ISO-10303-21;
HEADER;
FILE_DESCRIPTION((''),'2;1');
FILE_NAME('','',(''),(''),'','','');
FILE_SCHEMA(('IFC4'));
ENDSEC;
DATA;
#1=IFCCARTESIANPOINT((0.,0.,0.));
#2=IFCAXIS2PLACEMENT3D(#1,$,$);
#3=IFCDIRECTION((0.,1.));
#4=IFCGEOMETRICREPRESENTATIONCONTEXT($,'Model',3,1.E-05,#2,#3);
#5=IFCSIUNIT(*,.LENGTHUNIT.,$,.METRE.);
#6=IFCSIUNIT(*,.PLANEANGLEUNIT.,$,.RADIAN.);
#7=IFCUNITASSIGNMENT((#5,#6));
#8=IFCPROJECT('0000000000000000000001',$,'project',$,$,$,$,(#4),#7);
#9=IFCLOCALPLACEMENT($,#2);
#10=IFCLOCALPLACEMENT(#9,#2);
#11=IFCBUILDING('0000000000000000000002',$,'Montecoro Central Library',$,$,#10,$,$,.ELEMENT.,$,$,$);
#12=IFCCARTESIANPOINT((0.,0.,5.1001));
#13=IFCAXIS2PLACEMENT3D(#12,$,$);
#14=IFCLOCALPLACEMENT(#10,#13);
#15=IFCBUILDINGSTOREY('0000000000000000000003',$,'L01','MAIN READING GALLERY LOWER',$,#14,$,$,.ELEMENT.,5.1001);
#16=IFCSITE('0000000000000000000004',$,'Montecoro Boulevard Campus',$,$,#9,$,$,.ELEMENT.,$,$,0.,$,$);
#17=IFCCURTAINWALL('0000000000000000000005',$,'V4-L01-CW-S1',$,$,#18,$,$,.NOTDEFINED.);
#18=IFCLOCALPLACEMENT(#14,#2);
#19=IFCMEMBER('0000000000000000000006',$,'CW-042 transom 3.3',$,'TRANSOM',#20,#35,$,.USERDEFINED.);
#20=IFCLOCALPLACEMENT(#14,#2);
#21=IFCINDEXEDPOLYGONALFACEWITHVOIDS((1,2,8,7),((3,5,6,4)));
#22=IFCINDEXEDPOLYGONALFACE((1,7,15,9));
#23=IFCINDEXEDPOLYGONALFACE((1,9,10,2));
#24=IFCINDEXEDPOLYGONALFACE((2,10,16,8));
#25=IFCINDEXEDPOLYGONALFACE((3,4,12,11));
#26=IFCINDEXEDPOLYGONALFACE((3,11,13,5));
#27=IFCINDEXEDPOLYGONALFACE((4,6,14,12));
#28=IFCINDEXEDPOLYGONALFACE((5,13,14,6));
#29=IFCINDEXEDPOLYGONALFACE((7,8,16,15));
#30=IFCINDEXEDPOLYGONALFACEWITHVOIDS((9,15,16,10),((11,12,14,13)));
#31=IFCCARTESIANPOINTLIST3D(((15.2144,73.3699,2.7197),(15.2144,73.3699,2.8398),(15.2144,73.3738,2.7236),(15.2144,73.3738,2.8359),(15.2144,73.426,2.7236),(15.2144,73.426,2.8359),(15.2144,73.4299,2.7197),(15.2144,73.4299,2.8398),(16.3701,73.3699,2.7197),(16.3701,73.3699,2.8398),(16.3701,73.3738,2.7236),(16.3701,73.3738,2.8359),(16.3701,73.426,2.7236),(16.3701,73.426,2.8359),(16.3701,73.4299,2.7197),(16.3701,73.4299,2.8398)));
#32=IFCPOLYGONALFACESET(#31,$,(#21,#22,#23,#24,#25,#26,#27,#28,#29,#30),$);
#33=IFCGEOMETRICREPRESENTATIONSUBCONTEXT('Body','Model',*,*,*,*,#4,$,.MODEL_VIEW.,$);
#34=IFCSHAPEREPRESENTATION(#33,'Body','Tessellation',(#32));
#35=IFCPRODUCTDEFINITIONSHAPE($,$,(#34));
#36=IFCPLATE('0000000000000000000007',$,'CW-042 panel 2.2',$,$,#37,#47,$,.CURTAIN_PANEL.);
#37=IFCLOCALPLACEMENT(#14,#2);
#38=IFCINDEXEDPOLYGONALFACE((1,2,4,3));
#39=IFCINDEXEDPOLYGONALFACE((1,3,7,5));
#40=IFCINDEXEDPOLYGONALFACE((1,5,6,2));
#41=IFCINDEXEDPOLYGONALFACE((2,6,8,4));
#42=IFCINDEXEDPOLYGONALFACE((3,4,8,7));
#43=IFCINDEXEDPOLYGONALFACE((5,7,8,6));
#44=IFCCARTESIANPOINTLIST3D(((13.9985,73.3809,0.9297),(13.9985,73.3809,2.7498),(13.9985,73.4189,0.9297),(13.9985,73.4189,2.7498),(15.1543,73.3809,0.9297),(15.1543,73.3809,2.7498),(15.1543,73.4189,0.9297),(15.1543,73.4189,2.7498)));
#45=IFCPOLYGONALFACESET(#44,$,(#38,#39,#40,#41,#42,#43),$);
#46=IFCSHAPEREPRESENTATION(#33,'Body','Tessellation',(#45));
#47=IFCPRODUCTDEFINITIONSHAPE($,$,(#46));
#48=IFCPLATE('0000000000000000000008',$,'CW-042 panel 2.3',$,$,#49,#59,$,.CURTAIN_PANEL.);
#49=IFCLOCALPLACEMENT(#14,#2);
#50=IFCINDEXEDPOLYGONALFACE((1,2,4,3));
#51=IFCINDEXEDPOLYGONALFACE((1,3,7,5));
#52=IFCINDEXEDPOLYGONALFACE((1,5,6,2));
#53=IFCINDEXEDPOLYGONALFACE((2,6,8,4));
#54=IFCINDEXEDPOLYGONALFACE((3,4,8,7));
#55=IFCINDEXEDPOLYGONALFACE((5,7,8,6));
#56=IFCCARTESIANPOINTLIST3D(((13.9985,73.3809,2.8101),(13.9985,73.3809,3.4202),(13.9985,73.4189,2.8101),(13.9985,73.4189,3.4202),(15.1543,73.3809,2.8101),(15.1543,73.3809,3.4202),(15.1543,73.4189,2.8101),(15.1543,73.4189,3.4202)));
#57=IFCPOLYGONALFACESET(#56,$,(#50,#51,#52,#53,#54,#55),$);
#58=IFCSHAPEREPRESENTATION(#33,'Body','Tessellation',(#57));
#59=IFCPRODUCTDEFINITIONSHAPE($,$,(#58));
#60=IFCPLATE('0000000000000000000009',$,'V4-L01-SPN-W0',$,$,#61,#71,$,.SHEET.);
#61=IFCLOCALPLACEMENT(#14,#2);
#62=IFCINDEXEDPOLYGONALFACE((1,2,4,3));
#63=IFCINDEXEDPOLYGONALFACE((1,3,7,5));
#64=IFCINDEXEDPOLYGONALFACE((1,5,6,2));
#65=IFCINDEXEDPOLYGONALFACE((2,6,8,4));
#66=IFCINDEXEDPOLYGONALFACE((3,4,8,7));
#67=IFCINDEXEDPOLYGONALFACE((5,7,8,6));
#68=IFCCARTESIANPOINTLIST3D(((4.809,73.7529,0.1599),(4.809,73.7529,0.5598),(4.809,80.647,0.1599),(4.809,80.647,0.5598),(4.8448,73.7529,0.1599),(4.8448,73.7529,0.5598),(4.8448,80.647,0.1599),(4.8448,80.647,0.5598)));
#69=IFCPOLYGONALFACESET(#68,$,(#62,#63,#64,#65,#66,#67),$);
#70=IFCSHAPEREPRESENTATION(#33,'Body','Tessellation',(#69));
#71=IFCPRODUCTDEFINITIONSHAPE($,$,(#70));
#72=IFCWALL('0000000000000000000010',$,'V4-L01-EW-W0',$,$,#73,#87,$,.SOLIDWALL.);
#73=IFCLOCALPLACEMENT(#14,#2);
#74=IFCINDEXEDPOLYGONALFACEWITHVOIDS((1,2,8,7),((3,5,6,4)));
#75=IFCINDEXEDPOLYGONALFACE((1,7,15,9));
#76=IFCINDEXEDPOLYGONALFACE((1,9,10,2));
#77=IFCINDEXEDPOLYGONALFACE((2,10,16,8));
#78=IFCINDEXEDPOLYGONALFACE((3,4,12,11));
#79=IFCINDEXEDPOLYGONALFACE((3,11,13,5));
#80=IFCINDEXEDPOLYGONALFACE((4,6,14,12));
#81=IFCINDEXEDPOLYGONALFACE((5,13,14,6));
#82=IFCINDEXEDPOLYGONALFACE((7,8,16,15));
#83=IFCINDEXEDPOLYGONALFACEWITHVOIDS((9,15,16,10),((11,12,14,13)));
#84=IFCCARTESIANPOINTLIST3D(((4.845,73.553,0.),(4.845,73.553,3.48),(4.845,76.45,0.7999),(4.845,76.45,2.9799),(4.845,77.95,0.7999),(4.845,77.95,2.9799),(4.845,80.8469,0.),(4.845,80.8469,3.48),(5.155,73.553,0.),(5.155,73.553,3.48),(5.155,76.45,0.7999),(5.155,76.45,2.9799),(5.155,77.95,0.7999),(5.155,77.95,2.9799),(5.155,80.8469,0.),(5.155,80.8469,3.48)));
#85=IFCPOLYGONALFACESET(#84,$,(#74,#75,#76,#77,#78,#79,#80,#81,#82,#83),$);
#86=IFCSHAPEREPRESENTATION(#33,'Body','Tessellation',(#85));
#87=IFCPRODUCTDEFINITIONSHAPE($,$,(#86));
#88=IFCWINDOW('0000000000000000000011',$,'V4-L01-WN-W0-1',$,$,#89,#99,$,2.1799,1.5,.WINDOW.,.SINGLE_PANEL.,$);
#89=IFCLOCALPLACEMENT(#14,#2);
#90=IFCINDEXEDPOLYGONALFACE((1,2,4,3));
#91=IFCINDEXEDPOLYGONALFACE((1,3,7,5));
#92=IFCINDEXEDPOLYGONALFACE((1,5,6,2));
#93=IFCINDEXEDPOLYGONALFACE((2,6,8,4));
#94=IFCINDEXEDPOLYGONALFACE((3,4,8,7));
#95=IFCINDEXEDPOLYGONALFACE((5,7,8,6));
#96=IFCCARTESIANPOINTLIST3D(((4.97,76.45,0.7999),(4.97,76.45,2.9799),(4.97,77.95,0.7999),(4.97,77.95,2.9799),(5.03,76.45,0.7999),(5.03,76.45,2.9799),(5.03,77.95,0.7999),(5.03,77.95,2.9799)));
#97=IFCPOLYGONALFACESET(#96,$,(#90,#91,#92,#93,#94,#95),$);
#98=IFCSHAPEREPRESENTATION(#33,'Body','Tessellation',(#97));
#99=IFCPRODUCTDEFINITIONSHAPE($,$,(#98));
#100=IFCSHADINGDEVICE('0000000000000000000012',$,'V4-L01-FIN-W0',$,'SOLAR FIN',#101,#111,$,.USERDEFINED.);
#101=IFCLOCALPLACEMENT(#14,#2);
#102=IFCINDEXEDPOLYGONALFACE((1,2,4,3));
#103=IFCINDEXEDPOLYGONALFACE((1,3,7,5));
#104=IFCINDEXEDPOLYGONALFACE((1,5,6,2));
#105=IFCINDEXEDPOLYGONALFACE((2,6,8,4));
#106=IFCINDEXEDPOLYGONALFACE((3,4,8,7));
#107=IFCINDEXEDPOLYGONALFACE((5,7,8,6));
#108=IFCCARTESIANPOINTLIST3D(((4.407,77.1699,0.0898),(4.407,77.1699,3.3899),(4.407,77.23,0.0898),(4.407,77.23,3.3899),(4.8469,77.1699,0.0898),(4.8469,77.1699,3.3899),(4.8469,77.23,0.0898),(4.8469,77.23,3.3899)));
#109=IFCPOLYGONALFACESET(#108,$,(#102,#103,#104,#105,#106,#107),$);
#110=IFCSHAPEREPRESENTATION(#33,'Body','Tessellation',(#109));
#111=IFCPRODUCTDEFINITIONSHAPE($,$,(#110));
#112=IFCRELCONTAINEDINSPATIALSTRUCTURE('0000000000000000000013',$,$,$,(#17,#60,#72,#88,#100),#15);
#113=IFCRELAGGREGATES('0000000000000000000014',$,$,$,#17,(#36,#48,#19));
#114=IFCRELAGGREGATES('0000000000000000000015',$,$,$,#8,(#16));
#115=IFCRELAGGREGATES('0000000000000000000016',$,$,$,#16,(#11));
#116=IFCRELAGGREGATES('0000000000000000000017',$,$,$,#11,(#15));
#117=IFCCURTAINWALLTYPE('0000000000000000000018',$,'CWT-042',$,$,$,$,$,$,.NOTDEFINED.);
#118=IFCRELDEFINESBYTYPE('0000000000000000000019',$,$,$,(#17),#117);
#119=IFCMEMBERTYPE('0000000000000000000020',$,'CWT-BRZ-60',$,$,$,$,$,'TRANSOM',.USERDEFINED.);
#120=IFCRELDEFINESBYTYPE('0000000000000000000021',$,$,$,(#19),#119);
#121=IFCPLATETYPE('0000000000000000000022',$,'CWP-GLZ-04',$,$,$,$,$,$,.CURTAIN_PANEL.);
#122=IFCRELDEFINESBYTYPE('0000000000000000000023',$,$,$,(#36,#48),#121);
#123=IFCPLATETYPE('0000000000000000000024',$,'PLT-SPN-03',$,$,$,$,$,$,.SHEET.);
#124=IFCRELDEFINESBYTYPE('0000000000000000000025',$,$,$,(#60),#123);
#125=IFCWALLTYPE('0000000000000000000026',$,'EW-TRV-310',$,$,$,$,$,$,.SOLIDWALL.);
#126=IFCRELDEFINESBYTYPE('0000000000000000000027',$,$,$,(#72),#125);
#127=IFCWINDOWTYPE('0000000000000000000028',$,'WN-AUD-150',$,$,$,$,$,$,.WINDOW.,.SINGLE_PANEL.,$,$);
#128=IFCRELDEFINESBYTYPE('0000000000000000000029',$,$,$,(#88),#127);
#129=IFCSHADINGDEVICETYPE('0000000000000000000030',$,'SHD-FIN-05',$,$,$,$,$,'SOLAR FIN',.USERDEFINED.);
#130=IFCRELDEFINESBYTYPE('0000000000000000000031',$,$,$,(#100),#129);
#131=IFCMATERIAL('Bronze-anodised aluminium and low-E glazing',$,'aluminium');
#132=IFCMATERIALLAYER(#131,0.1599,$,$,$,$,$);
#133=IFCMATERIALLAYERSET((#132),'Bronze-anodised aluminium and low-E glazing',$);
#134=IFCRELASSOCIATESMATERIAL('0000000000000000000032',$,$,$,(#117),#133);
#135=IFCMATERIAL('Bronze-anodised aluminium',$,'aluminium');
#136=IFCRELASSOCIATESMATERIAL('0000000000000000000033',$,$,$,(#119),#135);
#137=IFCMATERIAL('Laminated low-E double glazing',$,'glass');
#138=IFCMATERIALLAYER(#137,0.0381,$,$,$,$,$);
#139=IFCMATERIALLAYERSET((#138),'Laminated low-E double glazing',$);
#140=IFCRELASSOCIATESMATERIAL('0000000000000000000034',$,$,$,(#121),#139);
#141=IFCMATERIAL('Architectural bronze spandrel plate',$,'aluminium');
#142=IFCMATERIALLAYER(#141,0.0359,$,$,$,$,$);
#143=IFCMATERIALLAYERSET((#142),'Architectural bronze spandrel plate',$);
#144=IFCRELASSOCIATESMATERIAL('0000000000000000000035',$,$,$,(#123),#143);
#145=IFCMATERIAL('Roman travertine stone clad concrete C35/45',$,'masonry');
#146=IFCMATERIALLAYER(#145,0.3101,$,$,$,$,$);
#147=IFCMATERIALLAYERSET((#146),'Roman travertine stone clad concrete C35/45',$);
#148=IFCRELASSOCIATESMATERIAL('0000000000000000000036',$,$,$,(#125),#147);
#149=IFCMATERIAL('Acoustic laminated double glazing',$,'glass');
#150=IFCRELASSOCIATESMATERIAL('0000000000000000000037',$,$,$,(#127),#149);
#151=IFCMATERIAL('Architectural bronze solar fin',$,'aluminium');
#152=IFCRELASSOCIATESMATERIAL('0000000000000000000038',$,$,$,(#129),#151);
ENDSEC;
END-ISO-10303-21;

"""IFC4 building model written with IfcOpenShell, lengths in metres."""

from ifc_helpers import new_model, si_unit, direction, frame, frame_2d, origin, origin_2d, place, context, subcontext, project, spatial, rectangle, hollow_rectangle, extrude, material, layer, layer_set, material_profile, profile_set, type_object, element, fill, aggregate, save


model = new_model("IFC4")

# Units and contexts
model_context = context("Model", 3, precision=1e-05, world=origin(), true_north=direction((0.0, 1.0)))
body_context = subcontext(model_context, "Body", "Model", "MODEL_VIEW")
ifc_project = project(units=[si_unit("LENGTHUNIT", "METRE"), si_unit("PLANEANGLEUNIT", "RADIAN")], contexts=[model_context])

# Site, building, storey
site_placement = place(None, origin())
site = spatial("IfcSite", under=ifc_project, at=site_placement, Name="Montecoro Boulevard Campus", CompositionType="ELEMENT", RefElevation=0.0)
building_placement = place(site_placement, origin())
building = spatial("IfcBuilding", under=site, at=building_placement, Name="Montecoro Central Library", CompositionType="ELEMENT")
storey_placement = place(building_placement, frame((0.0, 0.0, 5.1001)))
storey = spatial("IfcBuildingStorey", under=building, at=storey_placement, Name="L01", Description="MAIN READING GALLERY LOWER", CompositionType="ELEMENT", Elevation=5.1001)

# Curtain wall, member, plates
ifc_material_1 = material(Name="Bronze-anodised aluminium and low-E glazing", Category="aluminium")
ifc_layer_1 = layer(ifc_material_1, 0.1599)
ifc_layer_set_1 = layer_set([ifc_layer_1], Name="Bronze-anodised aluminium and low-E glazing")
curtain_wall_type = type_object("IfcCurtainWallType", Name="CWT-042", PredefinedType="NOTDEFINED", material=ifc_layer_set_1)
curtain_wall_placement = place(storey_placement, origin())
curtain_wall = element("IfcCurtainWall", 1, at=curtain_wall_placement, inside=storey, type_object=curtain_wall_type, Name="V4-L01-CW-S1", PredefinedType="NOTDEFINED")
ifc_material_2 = material(Name="Bronze-anodised aluminium", Category="aluminium")
ifc_material_profile_1 = material_profile(ifc_material_2, hollow_rectangle(XDim=0.0601, YDim=0.1201, WallThickness=0.0039, at=origin_2d()), Name="CWT 120x60x4.0")
ifc_profile_set_1 = profile_set([ifc_material_profile_1], Name="Bronze-anodised aluminium")
member_type_1 = type_object("IfcMemberType", Name="CWT-BRZ-60", ElementType="TRANSOM", PredefinedType="USERDEFINED", material=ifc_profile_set_1)
member_1_placement = place(storey_placement, frame((15.2144, 73.3999, 2.7798), z_axis=(1.0, 0.0, 0.0), x_axis=(0.0, 1.0, 0.0)))
member_1 = element("IfcMember", 2, at=member_1_placement, type_object=member_type_1, Name="CW-042 transom 3.3", ObjectType="TRANSOM", PredefinedType="USERDEFINED", context=body_context, shape_type="SweptSolid", body=[
    extrude(hollow_rectangle(XDim=0.0601, YDim=0.1201, WallThickness=0.0039, at=origin_2d()), origin(), (0.0, 0.0, 1.0), 1.1558),
])
ifc_material_3 = material(Name="Laminated low-E double glazing", Category="glass")
ifc_layer_2 = layer(ifc_material_3, 0.0381)
ifc_layer_set_2 = layer_set([ifc_layer_2], Name="Laminated low-E double glazing")
plate_type_1 = type_object("IfcPlateType", Name="CWP-GLZ-04", PredefinedType="CURTAIN_PANEL", material=ifc_layer_set_2)
plate_1_placement = place(storey_placement, frame((14.5764, 73.3999, 0.9297), z_axis=(0.0, 0.0, 1.0), x_axis=(1.0, 0.0, 0.0)))
plate_1 = element("IfcPlate", 3, at=plate_1_placement, type_object=plate_type_1, Name="CW-042 panel 2.2", PredefinedType="CURTAIN_PANEL", context=body_context, shape_type="SweptSolid", body=[
    extrude(rectangle(XDim=1.1558, YDim=0.0381, at=origin_2d()), origin(), (0.0, 0.0, 1.0), 1.8201),
])
plate_2_placement = place(storey_placement, frame((14.5764, 73.3999, 2.8101), z_axis=(0.0, 0.0, 1.0), x_axis=(1.0, 0.0, 0.0)))
plate_2 = element("IfcPlate", 4, at=plate_2_placement, type_object=plate_type_1, Name="CW-042 panel 2.3", PredefinedType="CURTAIN_PANEL", context=body_context, shape_type="SweptSolid", body=[
    extrude(rectangle(XDim=1.1558, YDim=0.0381, at=origin_2d()), origin(), (0.0, 0.0, 1.0), 0.6101),
])
aggregate(curtain_wall, [plate_1, plate_2, member_1])

# Plate
ifc_material_4 = material(Name="Architectural bronze spandrel plate", Category="aluminium")
ifc_layer_3 = layer(ifc_material_4, 0.0359)
ifc_layer_set_3 = layer_set([ifc_layer_3], Name="Architectural bronze spandrel plate")
plate_type_2 = type_object("IfcPlateType", Name="PLT-SPN-03", PredefinedType="SHEET", material=ifc_layer_set_3)
plate_3_placement = place(storey_placement, frame((4.8269, 77.2, 0.1599), z_axis=(0.0, 0.0, 1.0), x_axis=(0.0, -1.0, 0.0)))
element("IfcPlate", 5, at=plate_3_placement, inside=storey, type_object=plate_type_2, Name="V4-L01-SPN-W0", PredefinedType="SHEET", context=body_context, shape_type="SweptSolid", body=[
    extrude(rectangle(XDim=6.894, YDim=0.0359, at=origin_2d()), origin(), (0.0, 0.0, 1.0), 0.3999),
])

# Wall, opening, window
ifc_material_5 = material(Name="Roman travertine stone clad concrete C35/45", Category="masonry")
ifc_layer_4 = layer(ifc_material_5, 0.3101)
ifc_layer_set_4 = layer_set([ifc_layer_4], Name="Roman travertine stone clad concrete C35/45")
wall_type = type_object("IfcWallType", Name="EW-TRV-310", PredefinedType="SOLIDWALL", material=ifc_layer_set_4)
wall_placement = place(storey_placement, frame((5.0, 80.8469, 0.0), z_axis=(0.0, 0.0, 1.0), x_axis=(0.0, -1.0, 0.0)))
wall = element("IfcWall", 6, at=wall_placement, inside=storey, type_object=wall_type, Name="V4-L01-EW-W0", PredefinedType="SOLIDWALL", context=body_context, shape_type="SweptSolid", body=[
    extrude(rectangle(XDim=7.2939, YDim=0.3101, at=frame_2d((3.647, 0.0))), origin(), (0.0, 0.0, 1.0), 3.48),
])
opening_placement = place(wall_placement, frame((2.897, 0.0, 0.8)))
opening = element("IfcOpeningElement", 7, at=opening_placement, cuts=wall, PredefinedType="OPENING", context=body_context, shape_type="SweptSolid", body=[
    extrude(rectangle(XDim=1.5, YDim=2.1799, at=frame_2d((0.75, 1.0898))), frame((0.0, 0.165, 0.0), z_axis=(0.0, -1.0, 0.0), x_axis=(1.0, 0.0, 0.0)), (0.0, 0.0, 1.0), 0.3301),
])
ifc_material_6 = material(Name="Acoustic laminated double glazing", Category="glass")
window_type = type_object("IfcWindowType", Name="WN-AUD-150", PartitioningType="SINGLE_PANEL", PredefinedType="WINDOW", material=ifc_material_6)
window_placement = place(opening_placement, origin())
window = element("IfcWindow", 8, at=window_placement, inside=storey, type_object=window_type, Name="V4-L01-WN-W0-1", OverallHeight=2.1799, OverallWidth=1.5, PartitioningType="SINGLE_PANEL", PredefinedType="WINDOW", context=body_context, shape_type="SweptSolid", body=[
    extrude(rectangle(XDim=1.5, YDim=2.1799, at=frame_2d((0.75, 1.0898))), frame((0.0, 0.03, 0.0), z_axis=(0.0, -1.0, 0.0), x_axis=(1.0, 0.0, 0.0)), (0.0, 0.0, 1.0), 0.0601),
])
fill(opening, window)

# Shading device
ifc_material_7 = material(Name="Architectural bronze solar fin", Category="aluminium")
shading_device_type = type_object("IfcShadingDeviceType", Name="SHD-FIN-05", ElementType="SOLAR FIN", PredefinedType="USERDEFINED", material=ifc_material_7)
shading_device_placement = place(storey_placement, frame((4.627, 77.2, 0.0898), z_axis=(0.0, 0.0, 1.0), x_axis=(0.0, -1.0, 0.0)))
element("IfcShadingDevice", 9, at=shading_device_placement, inside=storey, type_object=shading_device_type, Name="V4-L01-FIN-W0", ObjectType="SOLAR FIN", PredefinedType="USERDEFINED", context=body_context, shape_type="SweptSolid", body=[
    extrude(rectangle(XDim=0.0601, YDim=0.4399, at=origin_2d()), origin(), (0.0, 0.0, 1.0), 3.3),
])

save(model, "model.ifc")
